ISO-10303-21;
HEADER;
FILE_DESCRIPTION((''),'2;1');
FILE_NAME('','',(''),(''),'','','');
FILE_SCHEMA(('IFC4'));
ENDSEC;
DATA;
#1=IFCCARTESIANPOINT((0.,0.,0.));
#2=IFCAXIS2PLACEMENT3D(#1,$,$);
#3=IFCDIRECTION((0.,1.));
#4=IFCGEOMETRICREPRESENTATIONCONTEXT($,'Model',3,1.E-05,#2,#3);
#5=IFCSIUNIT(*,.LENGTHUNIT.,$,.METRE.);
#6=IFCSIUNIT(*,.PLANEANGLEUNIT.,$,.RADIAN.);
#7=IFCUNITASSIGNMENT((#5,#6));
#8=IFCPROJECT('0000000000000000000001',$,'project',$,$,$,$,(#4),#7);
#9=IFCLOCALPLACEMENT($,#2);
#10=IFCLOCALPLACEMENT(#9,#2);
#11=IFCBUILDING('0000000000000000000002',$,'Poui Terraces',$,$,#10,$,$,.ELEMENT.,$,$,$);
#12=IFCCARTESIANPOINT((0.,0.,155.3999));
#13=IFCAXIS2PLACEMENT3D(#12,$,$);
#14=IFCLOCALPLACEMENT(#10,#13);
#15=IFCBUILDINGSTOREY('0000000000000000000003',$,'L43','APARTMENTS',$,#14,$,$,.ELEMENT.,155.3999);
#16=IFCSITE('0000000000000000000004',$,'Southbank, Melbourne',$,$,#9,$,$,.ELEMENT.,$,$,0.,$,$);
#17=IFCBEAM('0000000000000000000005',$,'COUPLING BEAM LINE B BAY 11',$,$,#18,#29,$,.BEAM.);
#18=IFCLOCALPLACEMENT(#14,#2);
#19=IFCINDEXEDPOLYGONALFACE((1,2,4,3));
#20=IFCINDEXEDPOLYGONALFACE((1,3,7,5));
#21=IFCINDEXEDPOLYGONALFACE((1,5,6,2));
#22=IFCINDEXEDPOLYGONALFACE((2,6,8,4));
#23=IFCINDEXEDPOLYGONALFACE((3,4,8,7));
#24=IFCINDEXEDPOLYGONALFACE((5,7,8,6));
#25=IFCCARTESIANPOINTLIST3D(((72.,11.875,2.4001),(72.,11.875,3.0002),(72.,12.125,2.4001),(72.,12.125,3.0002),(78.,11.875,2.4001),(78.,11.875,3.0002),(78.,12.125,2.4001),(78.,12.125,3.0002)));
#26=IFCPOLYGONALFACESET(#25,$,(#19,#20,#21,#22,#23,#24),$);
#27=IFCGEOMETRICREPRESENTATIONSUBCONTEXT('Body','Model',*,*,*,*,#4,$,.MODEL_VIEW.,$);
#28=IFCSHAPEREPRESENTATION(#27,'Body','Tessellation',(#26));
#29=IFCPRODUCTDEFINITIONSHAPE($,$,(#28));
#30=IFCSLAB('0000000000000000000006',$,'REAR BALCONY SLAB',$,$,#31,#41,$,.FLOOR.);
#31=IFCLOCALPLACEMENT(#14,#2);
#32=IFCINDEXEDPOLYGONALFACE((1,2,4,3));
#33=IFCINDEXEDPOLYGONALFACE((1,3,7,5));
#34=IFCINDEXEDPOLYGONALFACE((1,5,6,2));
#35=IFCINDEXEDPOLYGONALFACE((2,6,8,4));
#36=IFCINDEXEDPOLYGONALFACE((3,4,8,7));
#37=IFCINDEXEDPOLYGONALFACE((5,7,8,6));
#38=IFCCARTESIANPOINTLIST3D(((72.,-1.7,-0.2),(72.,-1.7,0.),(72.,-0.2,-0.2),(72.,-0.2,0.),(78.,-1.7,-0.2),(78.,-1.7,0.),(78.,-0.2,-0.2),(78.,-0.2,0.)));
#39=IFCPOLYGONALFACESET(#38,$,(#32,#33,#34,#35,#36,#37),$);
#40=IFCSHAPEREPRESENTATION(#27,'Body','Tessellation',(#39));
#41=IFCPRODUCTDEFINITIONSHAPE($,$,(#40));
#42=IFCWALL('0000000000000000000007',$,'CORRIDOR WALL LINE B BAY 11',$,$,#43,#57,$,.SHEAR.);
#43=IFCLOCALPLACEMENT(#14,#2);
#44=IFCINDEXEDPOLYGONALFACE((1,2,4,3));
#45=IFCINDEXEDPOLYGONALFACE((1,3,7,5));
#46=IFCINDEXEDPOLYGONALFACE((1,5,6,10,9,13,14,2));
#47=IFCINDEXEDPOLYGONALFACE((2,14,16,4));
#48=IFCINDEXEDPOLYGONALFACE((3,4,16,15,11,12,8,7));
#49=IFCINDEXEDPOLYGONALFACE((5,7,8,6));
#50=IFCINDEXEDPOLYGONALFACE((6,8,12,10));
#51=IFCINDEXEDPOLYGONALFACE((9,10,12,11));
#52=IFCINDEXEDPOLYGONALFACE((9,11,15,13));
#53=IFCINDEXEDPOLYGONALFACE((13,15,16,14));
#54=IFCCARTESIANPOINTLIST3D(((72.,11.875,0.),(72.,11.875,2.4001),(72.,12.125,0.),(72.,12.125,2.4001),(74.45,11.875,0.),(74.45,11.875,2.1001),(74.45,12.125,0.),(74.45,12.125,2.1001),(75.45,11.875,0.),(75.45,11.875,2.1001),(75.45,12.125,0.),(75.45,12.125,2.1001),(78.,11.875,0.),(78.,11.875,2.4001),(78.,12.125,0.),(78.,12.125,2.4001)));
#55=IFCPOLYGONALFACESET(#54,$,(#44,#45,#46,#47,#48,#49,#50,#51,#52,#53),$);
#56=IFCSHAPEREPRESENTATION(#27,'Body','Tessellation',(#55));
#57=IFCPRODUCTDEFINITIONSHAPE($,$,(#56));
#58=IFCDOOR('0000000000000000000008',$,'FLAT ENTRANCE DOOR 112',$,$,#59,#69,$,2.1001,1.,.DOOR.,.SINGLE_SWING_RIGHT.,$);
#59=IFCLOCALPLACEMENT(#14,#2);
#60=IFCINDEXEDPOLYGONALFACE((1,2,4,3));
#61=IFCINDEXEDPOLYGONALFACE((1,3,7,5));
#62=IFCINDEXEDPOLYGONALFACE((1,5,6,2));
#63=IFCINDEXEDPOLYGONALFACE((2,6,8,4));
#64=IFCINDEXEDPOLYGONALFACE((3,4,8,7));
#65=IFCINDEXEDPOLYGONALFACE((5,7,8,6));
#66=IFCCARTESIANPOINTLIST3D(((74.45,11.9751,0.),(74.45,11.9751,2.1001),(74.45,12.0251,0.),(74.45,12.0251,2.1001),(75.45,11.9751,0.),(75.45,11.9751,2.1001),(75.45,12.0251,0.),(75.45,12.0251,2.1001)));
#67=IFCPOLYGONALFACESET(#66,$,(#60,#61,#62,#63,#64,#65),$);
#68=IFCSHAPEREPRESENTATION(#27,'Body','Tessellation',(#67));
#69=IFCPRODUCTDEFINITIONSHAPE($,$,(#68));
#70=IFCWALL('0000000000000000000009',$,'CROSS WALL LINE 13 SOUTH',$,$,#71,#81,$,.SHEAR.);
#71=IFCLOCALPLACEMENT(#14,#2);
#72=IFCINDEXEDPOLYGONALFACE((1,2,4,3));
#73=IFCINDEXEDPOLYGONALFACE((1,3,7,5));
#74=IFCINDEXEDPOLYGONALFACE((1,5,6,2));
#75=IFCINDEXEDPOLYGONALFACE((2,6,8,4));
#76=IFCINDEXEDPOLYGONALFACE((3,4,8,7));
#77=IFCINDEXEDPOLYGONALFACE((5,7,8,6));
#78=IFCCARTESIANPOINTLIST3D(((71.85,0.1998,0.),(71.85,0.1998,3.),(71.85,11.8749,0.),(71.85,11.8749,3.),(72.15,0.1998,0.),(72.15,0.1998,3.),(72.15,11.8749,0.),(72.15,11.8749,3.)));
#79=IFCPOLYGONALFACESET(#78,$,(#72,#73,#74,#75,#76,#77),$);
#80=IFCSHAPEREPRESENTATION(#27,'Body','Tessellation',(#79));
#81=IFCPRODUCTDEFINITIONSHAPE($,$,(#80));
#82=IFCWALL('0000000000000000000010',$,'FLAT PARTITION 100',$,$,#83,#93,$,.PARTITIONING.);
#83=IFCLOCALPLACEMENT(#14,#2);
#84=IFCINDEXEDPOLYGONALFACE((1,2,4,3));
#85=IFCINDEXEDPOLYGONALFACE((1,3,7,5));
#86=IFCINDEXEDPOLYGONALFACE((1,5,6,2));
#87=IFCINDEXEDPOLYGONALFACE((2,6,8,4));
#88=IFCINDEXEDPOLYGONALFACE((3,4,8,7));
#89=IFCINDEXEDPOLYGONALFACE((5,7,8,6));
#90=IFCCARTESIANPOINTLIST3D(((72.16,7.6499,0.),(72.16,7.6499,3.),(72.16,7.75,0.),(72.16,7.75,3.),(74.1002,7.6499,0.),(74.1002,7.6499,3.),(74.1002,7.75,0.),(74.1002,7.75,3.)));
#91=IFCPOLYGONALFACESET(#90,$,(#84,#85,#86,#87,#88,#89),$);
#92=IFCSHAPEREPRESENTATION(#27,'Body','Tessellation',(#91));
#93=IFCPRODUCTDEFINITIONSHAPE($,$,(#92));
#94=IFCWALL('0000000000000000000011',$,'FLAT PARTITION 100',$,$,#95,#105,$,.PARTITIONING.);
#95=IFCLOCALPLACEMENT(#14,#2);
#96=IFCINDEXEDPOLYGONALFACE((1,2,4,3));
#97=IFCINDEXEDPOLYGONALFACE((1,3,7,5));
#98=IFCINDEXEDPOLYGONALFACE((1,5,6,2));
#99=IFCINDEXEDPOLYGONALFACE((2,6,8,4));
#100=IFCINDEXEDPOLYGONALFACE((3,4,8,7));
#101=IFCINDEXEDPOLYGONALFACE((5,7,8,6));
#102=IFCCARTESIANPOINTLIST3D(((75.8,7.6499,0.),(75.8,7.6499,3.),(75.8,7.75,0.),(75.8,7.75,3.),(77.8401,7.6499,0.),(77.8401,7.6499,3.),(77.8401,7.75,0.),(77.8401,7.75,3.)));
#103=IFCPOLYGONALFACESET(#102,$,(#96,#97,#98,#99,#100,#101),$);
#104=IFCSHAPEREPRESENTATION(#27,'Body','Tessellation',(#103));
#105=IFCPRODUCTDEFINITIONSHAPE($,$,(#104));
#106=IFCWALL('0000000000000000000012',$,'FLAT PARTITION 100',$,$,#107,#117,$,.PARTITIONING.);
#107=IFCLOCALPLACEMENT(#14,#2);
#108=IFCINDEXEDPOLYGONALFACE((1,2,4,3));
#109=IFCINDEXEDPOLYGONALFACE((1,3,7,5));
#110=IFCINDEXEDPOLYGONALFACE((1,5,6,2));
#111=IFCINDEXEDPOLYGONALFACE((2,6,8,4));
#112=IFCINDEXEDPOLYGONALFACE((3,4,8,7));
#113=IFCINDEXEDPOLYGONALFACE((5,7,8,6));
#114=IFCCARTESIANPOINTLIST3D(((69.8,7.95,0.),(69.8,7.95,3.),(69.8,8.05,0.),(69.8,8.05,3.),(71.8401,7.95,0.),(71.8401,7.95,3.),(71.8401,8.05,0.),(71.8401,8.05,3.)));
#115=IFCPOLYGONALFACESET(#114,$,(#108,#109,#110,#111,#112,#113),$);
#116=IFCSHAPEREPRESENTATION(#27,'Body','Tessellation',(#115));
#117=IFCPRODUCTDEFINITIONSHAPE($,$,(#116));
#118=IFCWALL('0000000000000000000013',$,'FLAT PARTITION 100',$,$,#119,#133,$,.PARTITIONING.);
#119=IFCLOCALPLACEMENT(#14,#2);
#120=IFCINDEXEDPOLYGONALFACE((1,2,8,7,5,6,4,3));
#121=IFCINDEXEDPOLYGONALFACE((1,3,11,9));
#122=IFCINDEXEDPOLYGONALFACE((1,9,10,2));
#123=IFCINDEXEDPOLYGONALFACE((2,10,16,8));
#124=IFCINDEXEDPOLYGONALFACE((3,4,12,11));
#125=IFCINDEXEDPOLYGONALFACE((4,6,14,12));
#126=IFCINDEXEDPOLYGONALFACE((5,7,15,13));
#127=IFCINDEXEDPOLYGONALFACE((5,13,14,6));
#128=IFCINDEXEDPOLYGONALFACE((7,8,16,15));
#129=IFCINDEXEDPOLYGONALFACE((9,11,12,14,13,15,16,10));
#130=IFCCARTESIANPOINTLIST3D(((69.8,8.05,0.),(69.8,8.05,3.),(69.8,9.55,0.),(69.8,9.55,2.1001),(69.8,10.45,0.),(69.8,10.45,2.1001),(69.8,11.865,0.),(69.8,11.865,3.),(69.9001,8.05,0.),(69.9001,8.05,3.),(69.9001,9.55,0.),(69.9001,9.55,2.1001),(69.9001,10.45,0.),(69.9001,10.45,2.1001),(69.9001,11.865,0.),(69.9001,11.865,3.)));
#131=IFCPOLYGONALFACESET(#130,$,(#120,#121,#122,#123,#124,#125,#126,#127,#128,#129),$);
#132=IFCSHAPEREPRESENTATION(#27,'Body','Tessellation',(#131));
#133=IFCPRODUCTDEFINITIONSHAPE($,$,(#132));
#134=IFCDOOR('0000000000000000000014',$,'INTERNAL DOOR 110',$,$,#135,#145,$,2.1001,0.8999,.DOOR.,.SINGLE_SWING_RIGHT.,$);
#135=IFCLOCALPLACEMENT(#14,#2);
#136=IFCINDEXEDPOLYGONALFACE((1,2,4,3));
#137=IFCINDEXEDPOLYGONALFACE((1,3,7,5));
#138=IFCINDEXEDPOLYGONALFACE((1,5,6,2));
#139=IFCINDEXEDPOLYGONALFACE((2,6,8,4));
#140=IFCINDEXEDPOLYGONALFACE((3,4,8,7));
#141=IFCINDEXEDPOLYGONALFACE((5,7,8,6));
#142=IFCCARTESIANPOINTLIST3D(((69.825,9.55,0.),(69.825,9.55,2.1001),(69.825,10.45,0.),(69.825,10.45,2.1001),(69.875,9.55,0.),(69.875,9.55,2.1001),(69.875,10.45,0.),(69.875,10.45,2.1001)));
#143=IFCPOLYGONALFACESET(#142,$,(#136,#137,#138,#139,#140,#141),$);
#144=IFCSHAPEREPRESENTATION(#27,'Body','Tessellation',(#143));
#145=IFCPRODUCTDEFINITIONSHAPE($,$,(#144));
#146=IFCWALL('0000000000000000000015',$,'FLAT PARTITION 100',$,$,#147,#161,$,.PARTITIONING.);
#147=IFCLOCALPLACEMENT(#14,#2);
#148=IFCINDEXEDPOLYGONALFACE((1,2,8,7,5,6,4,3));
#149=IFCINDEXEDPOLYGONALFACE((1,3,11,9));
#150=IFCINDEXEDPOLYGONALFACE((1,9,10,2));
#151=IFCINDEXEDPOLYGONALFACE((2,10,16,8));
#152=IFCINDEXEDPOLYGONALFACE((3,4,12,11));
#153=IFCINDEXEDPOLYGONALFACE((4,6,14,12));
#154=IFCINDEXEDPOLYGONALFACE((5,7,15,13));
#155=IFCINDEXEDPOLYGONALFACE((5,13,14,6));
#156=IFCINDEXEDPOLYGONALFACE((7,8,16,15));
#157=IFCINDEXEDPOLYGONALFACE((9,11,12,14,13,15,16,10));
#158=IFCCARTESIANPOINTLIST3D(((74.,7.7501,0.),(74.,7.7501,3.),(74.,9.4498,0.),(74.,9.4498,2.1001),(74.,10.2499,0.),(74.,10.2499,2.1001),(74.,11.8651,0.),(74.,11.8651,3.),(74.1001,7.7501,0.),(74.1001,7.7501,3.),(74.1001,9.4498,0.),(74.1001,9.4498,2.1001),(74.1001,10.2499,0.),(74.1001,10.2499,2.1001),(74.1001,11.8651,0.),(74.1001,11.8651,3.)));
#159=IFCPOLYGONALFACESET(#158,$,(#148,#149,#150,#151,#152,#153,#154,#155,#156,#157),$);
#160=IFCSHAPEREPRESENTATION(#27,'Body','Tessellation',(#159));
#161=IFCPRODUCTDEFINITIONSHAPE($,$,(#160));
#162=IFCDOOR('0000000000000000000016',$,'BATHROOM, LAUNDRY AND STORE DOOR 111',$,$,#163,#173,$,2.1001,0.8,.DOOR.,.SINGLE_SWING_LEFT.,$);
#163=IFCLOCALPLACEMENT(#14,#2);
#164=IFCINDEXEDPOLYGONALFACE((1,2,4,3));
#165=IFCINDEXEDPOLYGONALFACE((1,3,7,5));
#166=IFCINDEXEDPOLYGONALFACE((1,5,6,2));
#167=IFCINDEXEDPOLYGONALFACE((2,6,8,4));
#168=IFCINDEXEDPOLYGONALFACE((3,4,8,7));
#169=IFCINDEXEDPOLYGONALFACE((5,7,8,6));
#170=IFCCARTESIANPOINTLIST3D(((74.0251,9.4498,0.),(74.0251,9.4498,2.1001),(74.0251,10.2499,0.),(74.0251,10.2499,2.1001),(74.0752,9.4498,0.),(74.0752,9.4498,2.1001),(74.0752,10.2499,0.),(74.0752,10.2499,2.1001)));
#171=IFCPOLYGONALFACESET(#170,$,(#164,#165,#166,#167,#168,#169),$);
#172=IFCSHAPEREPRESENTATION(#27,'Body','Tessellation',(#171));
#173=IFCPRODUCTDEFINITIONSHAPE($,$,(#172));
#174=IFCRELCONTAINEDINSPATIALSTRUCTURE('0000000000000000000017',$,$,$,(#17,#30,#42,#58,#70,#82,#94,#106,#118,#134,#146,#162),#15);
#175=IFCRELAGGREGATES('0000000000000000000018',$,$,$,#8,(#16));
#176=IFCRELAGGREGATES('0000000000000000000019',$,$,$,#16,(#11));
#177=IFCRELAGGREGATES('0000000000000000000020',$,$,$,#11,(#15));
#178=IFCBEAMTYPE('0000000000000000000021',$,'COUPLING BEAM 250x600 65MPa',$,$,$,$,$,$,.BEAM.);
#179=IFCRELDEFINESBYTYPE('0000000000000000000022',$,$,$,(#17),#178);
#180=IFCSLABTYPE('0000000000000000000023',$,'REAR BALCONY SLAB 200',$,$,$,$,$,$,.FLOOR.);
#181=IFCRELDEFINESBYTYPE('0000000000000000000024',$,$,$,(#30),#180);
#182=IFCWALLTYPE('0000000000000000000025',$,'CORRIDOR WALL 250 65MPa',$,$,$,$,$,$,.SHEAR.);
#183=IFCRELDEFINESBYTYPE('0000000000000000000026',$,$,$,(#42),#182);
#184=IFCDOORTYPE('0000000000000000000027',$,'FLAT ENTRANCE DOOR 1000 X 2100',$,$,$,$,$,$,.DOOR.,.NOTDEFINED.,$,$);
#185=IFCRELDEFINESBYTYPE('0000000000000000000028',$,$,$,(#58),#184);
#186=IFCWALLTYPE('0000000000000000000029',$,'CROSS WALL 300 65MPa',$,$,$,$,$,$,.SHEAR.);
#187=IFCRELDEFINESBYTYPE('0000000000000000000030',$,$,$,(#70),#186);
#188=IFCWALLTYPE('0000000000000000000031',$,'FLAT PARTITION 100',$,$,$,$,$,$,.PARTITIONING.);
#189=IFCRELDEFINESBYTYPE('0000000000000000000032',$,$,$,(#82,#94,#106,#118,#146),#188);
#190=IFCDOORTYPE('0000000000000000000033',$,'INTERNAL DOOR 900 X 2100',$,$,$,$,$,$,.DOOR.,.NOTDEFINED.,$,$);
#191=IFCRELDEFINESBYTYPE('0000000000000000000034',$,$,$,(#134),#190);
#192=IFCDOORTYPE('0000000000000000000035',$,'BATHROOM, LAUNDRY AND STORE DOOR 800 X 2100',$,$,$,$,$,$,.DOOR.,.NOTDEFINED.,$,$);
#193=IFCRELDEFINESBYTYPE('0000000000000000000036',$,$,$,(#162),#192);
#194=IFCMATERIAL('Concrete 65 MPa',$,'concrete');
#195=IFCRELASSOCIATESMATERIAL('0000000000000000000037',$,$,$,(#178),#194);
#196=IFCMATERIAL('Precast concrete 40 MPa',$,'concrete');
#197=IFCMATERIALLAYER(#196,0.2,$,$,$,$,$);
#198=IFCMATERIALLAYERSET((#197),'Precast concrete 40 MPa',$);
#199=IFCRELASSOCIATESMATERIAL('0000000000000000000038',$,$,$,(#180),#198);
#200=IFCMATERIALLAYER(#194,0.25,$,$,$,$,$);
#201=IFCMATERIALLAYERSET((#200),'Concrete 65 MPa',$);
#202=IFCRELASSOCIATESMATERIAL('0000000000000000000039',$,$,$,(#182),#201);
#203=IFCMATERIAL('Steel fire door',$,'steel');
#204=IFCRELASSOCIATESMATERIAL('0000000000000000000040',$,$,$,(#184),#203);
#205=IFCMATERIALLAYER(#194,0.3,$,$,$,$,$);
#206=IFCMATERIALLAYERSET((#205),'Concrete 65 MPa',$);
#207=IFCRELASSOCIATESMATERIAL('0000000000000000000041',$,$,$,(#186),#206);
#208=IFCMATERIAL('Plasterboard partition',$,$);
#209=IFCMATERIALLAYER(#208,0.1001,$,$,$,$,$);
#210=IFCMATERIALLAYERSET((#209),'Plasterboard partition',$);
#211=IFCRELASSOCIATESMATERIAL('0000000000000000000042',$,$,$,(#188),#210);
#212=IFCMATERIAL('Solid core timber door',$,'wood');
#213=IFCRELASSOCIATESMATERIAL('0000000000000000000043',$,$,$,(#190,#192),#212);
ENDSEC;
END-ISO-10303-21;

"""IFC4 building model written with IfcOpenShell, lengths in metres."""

from ifc_helpers import new_model, si_unit, direction, frame, frame_2d, origin, origin_2d, place, context, subcontext, project, spatial, polyline, rectangle, outline, extrude, source, transform, mapped, material, layer, layer_set, material_profile, profile_set, type_object, element, fill, save


model = new_model("IFC4")

# Units and contexts
model_context = context("Model", 3, precision=1e-05, world=origin(), true_north=direction((0.0, 1.0)))
body_context = subcontext(model_context, "Body", "Model", "MODEL_VIEW")
ifc_project = project(units=[si_unit("LENGTHUNIT", "METRE"), si_unit("PLANEANGLEUNIT", "RADIAN")], contexts=[model_context])

# Site, building, storey
site_placement = place(None, origin())
site = spatial("IfcSite", under=ifc_project, at=site_placement, Name="Southbank, Melbourne", CompositionType="ELEMENT", RefElevation=0.0)
building_placement = place(site_placement, origin())
building = spatial("IfcBuilding", under=site, at=building_placement, Name="Poui Terraces", CompositionType="ELEMENT")
storey_placement = place(building_placement, frame((0.0, 0.0, 155.3999)))
storey = spatial("IfcBuildingStorey", under=building, at=storey_placement, Name="L43", Description="APARTMENTS", CompositionType="ELEMENT", Elevation=155.3999)

# Beam
ifc_material_1 = material(Name="Concrete 65 MPa", Category="concrete")
ifc_material_profile_1 = material_profile(ifc_material_1, rectangle(XDim=0.25, YDim=0.6001, at=origin_2d()), Name="RC 250x600")
ifc_profile_set_1 = profile_set([ifc_material_profile_1], Name="Concrete 65 MPa")
beam_type = type_object("IfcBeamType", Name="COUPLING BEAM 250x600 65MPa", PredefinedType="BEAM", material=ifc_profile_set_1)
shared_shape_1 = source(origin(), body_context, "Body", "SweptSolid", [
    extrude(rectangle(XDim=0.25, YDim=0.6001, at=origin_2d()), origin(), (0.0, 0.0, 1.0), 6.0),
])
beam_placement = place(storey_placement, frame((72.0, 12.0, 2.7002), z_axis=(1.0, 0.0, 0.0), x_axis=(0.0, 1.0, 0.0)))
element("IfcBeam", 1, at=beam_placement, inside=storey, type_object=beam_type, Name="COUPLING BEAM LINE B BAY 11", PredefinedType="BEAM", context=body_context, shape_type="MappedRepresentation", body=[
    mapped(shared_shape_1, transform((0.0, 0.0, 0.0))),
])

# Slab
ifc_material_2 = material(Name="Precast concrete 40 MPa", Category="concrete")
ifc_layer_1 = layer(ifc_material_2, 0.2)
ifc_layer_set_1 = layer_set([ifc_layer_1], Name="Precast concrete 40 MPa")
slab_type = type_object("IfcSlabType", Name="REAR BALCONY SLAB 200", PredefinedType="FLOOR", material=ifc_layer_set_1)
shared_shape_2 = source(origin(), body_context, "Body", "SweptSolid", [
    extrude(outline(polyline([(0.0, 0.0), (6.0, 0.0), (6.0, 1.5), (0.0, 1.5), (0.0, 0.0)])), origin(), (0.0, 0.0, 1.0), 0.2),
])
slab_placement = place(storey_placement, frame((72.0, -1.7, -0.2)))
element("IfcSlab", 2, at=slab_placement, inside=storey, type_object=slab_type, Name="REAR BALCONY SLAB", PredefinedType="FLOOR", context=body_context, shape_type="MappedRepresentation", body=[
    mapped(shared_shape_2, transform((0.0, 0.0, 0.0))),
])

# Wall, opening, door
ifc_layer_2 = layer(ifc_material_1, 0.25)
ifc_layer_set_2 = layer_set([ifc_layer_2], Name="Concrete 65 MPa")
wall_type_1 = type_object("IfcWallType", Name="CORRIDOR WALL 250 65MPa", PredefinedType="SHEAR", material=ifc_layer_set_2)
wall_1_placement = place(storey_placement, frame((72.0, 12.0, 0.0), z_axis=(0.0, 0.0, 1.0), x_axis=(1.0, 0.0, 0.0)))
wall_1 = element("IfcWall", 3, at=wall_1_placement, inside=storey, type_object=wall_type_1, Name="CORRIDOR WALL LINE B BAY 11", PredefinedType="SHEAR", context=body_context, shape_type="SweptSolid", body=[
    extrude(rectangle(XDim=6.0, YDim=0.25, at=frame_2d((3.0, 0.0))), origin(), (0.0, 0.0, 1.0), 2.4001),
])
opening_1_placement = place(wall_1_placement, frame((2.45, 0.0, 0.0)))
opening_1 = element("IfcOpeningElement", 4, at=opening_1_placement, cuts=wall_1, PredefinedType="OPENING", context=body_context, shape_type="SweptSolid", body=[
    extrude(rectangle(XDim=1.0, YDim=2.1001, at=frame_2d((0.5, 1.05))), frame((0.0, 0.135, 0.0), z_axis=(0.0, -1.0, 0.0), x_axis=(1.0, 0.0, 0.0)), (0.0, 0.0, 1.0), 0.27),
])
ifc_material_3 = material(Name="Steel fire door", Category="steel")
door_type_1 = type_object("IfcDoorType", Name="FLAT ENTRANCE DOOR 1000 X 2100", OperationType="NOTDEFINED", PredefinedType="DOOR", material=ifc_material_3)
door_1_placement = place(opening_1_placement, frame((1.0, 0.0, 0.0), z_axis=(0.0, 0.0, 1.0), x_axis=(-1.0, 0.0, 0.0)))
door_1 = element("IfcDoor", 5, at=door_1_placement, inside=storey, type_object=door_type_1, Name="FLAT ENTRANCE DOOR 112", OperationType="SINGLE_SWING_RIGHT", OverallHeight=2.1001, OverallWidth=1.0, PredefinedType="DOOR", context=body_context, shape_type="SweptSolid", body=[
    extrude(rectangle(XDim=1.0, YDim=2.1001, at=frame_2d((0.5, 1.05))), frame((0.0, 0.0249, 0.0), z_axis=(0.0, -1.0, 0.0), x_axis=(1.0, 0.0, 0.0)), (0.0, 0.0, 1.0), 0.05),
])
fill(opening_1, door_1)

# Walls
ifc_layer_3 = layer(ifc_material_1, 0.3)
ifc_layer_set_3 = layer_set([ifc_layer_3], Name="Concrete 65 MPa")
wall_type_2 = type_object("IfcWallType", Name="CROSS WALL 300 65MPa", PredefinedType="SHEAR", material=ifc_layer_set_3)
wall_2_placement = place(storey_placement, frame((72.0, 0.2, 0.0), z_axis=(0.0, 0.0, 1.0), x_axis=(0.0, 1.0, 0.0)))
element("IfcWall", 6, at=wall_2_placement, inside=storey, type_object=wall_type_2, Name="CROSS WALL LINE 13 SOUTH", PredefinedType="SHEAR", context=body_context, shape_type="SweptSolid", body=[
    extrude(rectangle(XDim=11.675, YDim=0.3, at=frame_2d((5.8374, 0.0))), origin(), (0.0, 0.0, 1.0), 3.0),
])
ifc_material_4 = material(Name="Plasterboard partition")
ifc_layer_4 = layer(ifc_material_4, 0.1001)
ifc_layer_set_4 = layer_set([ifc_layer_4], Name="Plasterboard partition")
wall_type_3 = type_object("IfcWallType", Name="FLAT PARTITION 100", PredefinedType="PARTITIONING", material=ifc_layer_set_4)
wall_3_placement = place(storey_placement, frame((72.1599, 7.7, 0.0), z_axis=(0.0, 0.0, 1.0), x_axis=(1.0, 0.0, 0.0)))
element("IfcWall", 7, at=wall_3_placement, inside=storey, type_object=wall_type_3, Name="FLAT PARTITION 100", PredefinedType="PARTITIONING", context=body_context, shape_type="SweptSolid", body=[
    extrude(rectangle(XDim=1.9402, YDim=0.1001, at=frame_2d((0.9702, 0.0))), origin(), (0.0, 0.0, 1.0), 3.0),
])
for number, where, z_axis, x_axis, name in (
    (8, (75.8, 7.7, 0.0), (0.0, 0.0, 1.0), (1.0, 0.0, 0.0), "FLAT PARTITION 100"),
    (9, (69.8, 8.0, 0.0), (0.0, 0.0, 1.0), (1.0, 0.0, 0.0), "FLAT PARTITION 100"),
):
    element("IfcWall", number, at=place(storey_placement, frame(where, z_axis=z_axis, x_axis=x_axis)), inside=storey, type_object=wall_type_3, Name=name, PredefinedType="PARTITIONING", context=body_context, shape_type="SweptSolid", body=[
        extrude(rectangle(XDim=2.04, YDim=0.1001, at=frame_2d((1.02, 0.0))), origin(), (0.0, 0.0, 1.0), 3.0),
    ])

# Walls, openings, doors
wall_4_placement = place(storey_placement, frame((69.8501, 8.05, 0.0), z_axis=(0.0, 0.0, 1.0), x_axis=(0.0, 1.0, 0.0)))
wall_4 = element("IfcWall", 10, at=wall_4_placement, inside=storey, type_object=wall_type_3, Name="FLAT PARTITION 100", PredefinedType="PARTITIONING", context=body_context, shape_type="SweptSolid", body=[
    extrude(rectangle(XDim=3.8149, YDim=0.1001, at=frame_2d((1.9075, 0.0))), origin(), (0.0, 0.0, 1.0), 3.0),
])
opening_2_placement = place(wall_4_placement, frame((1.5, 0.0, 0.0)))
opening_2 = element("IfcOpeningElement", 11, at=opening_2_placement, cuts=wall_4, PredefinedType="OPENING", context=body_context, shape_type="SweptSolid", body=[
    extrude(rectangle(XDim=0.8999, YDim=2.1001, at=frame_2d((0.45, 1.05))), frame((0.0, 0.0601, 0.0), z_axis=(0.0, -1.0, 0.0), x_axis=(1.0, 0.0, 0.0)), (0.0, 0.0, 1.0), 0.1201),
])
ifc_material_5 = material(Name="Solid core timber door", Category="wood")
door_type_2 = type_object("IfcDoorType", Name="INTERNAL DOOR 900 X 2100", OperationType="NOTDEFINED", PredefinedType="DOOR", material=ifc_material_5)
door_2_placement = place(opening_2_placement, frame((0.8999, 0.0, 0.0), z_axis=(0.0, 0.0, 1.0), x_axis=(-1.0, 0.0, 0.0)))
door_2 = element("IfcDoor", 12, at=door_2_placement, inside=storey, type_object=door_type_2, Name="INTERNAL DOOR 110", OperationType="SINGLE_SWING_RIGHT", OverallHeight=2.1001, OverallWidth=0.8999, PredefinedType="DOOR", context=body_context, shape_type="SweptSolid", body=[
    extrude(rectangle(XDim=0.8999, YDim=2.1001, at=frame_2d((0.45, 1.05))), frame((0.0, 0.0249, 0.0), z_axis=(0.0, -1.0, 0.0), x_axis=(1.0, 0.0, 0.0)), (0.0, 0.0, 1.0), 0.05),
])
fill(opening_2, door_2)
wall_5_placement = place(storey_placement, frame((74.05, 7.75, 0.0), z_axis=(0.0, 0.0, 1.0), x_axis=(0.0, 1.0, 0.0)))
wall_5 = element("IfcWall", 13, at=wall_5_placement, inside=storey, type_object=wall_type_3, Name="FLAT PARTITION 100", PredefinedType="PARTITIONING", context=body_context, shape_type="SweptSolid", body=[
    extrude(rectangle(XDim=4.115, YDim=0.1001, at=frame_2d((2.0576, 0.0))), origin(), (0.0, 0.0, 1.0), 3.0),
])
opening_3_placement = place(wall_5_placement, frame((1.7, 0.0, 0.0)))
opening_3 = element("IfcOpeningElement", 14, at=opening_3_placement, cuts=wall_5, PredefinedType="OPENING", context=body_context, shape_type="SweptSolid", body=[
    extrude(rectangle(XDim=0.8, YDim=2.1001, at=frame_2d((0.3999, 1.05))), frame((0.0, 0.0601, 0.0), z_axis=(0.0, -1.0, 0.0), x_axis=(1.0, 0.0, 0.0)), (0.0, 0.0, 1.0), 0.1201),
])
door_type_3 = type_object("IfcDoorType", Name="BATHROOM, LAUNDRY AND STORE DOOR 800 X 2100", OperationType="NOTDEFINED", PredefinedType="DOOR", material=ifc_material_5)
door_3_placement = place(opening_3_placement, origin())
door_3 = element("IfcDoor", 15, at=door_3_placement, inside=storey, type_object=door_type_3, Name="BATHROOM, LAUNDRY AND STORE DOOR 111", OperationType="SINGLE_SWING_LEFT", OverallHeight=2.1001, OverallWidth=0.8, PredefinedType="DOOR", context=body_context, shape_type="SweptSolid", body=[
    extrude(rectangle(XDim=0.8, YDim=2.1001, at=frame_2d((0.3999, 1.05))), frame((0.0, 0.0249, 0.0), z_axis=(0.0, -1.0, 0.0), x_axis=(1.0, 0.0, 0.0)), (0.0, 0.0, 1.0), 0.05),
])
fill(opening_3, door_3)

save(model, "model.ifc")
